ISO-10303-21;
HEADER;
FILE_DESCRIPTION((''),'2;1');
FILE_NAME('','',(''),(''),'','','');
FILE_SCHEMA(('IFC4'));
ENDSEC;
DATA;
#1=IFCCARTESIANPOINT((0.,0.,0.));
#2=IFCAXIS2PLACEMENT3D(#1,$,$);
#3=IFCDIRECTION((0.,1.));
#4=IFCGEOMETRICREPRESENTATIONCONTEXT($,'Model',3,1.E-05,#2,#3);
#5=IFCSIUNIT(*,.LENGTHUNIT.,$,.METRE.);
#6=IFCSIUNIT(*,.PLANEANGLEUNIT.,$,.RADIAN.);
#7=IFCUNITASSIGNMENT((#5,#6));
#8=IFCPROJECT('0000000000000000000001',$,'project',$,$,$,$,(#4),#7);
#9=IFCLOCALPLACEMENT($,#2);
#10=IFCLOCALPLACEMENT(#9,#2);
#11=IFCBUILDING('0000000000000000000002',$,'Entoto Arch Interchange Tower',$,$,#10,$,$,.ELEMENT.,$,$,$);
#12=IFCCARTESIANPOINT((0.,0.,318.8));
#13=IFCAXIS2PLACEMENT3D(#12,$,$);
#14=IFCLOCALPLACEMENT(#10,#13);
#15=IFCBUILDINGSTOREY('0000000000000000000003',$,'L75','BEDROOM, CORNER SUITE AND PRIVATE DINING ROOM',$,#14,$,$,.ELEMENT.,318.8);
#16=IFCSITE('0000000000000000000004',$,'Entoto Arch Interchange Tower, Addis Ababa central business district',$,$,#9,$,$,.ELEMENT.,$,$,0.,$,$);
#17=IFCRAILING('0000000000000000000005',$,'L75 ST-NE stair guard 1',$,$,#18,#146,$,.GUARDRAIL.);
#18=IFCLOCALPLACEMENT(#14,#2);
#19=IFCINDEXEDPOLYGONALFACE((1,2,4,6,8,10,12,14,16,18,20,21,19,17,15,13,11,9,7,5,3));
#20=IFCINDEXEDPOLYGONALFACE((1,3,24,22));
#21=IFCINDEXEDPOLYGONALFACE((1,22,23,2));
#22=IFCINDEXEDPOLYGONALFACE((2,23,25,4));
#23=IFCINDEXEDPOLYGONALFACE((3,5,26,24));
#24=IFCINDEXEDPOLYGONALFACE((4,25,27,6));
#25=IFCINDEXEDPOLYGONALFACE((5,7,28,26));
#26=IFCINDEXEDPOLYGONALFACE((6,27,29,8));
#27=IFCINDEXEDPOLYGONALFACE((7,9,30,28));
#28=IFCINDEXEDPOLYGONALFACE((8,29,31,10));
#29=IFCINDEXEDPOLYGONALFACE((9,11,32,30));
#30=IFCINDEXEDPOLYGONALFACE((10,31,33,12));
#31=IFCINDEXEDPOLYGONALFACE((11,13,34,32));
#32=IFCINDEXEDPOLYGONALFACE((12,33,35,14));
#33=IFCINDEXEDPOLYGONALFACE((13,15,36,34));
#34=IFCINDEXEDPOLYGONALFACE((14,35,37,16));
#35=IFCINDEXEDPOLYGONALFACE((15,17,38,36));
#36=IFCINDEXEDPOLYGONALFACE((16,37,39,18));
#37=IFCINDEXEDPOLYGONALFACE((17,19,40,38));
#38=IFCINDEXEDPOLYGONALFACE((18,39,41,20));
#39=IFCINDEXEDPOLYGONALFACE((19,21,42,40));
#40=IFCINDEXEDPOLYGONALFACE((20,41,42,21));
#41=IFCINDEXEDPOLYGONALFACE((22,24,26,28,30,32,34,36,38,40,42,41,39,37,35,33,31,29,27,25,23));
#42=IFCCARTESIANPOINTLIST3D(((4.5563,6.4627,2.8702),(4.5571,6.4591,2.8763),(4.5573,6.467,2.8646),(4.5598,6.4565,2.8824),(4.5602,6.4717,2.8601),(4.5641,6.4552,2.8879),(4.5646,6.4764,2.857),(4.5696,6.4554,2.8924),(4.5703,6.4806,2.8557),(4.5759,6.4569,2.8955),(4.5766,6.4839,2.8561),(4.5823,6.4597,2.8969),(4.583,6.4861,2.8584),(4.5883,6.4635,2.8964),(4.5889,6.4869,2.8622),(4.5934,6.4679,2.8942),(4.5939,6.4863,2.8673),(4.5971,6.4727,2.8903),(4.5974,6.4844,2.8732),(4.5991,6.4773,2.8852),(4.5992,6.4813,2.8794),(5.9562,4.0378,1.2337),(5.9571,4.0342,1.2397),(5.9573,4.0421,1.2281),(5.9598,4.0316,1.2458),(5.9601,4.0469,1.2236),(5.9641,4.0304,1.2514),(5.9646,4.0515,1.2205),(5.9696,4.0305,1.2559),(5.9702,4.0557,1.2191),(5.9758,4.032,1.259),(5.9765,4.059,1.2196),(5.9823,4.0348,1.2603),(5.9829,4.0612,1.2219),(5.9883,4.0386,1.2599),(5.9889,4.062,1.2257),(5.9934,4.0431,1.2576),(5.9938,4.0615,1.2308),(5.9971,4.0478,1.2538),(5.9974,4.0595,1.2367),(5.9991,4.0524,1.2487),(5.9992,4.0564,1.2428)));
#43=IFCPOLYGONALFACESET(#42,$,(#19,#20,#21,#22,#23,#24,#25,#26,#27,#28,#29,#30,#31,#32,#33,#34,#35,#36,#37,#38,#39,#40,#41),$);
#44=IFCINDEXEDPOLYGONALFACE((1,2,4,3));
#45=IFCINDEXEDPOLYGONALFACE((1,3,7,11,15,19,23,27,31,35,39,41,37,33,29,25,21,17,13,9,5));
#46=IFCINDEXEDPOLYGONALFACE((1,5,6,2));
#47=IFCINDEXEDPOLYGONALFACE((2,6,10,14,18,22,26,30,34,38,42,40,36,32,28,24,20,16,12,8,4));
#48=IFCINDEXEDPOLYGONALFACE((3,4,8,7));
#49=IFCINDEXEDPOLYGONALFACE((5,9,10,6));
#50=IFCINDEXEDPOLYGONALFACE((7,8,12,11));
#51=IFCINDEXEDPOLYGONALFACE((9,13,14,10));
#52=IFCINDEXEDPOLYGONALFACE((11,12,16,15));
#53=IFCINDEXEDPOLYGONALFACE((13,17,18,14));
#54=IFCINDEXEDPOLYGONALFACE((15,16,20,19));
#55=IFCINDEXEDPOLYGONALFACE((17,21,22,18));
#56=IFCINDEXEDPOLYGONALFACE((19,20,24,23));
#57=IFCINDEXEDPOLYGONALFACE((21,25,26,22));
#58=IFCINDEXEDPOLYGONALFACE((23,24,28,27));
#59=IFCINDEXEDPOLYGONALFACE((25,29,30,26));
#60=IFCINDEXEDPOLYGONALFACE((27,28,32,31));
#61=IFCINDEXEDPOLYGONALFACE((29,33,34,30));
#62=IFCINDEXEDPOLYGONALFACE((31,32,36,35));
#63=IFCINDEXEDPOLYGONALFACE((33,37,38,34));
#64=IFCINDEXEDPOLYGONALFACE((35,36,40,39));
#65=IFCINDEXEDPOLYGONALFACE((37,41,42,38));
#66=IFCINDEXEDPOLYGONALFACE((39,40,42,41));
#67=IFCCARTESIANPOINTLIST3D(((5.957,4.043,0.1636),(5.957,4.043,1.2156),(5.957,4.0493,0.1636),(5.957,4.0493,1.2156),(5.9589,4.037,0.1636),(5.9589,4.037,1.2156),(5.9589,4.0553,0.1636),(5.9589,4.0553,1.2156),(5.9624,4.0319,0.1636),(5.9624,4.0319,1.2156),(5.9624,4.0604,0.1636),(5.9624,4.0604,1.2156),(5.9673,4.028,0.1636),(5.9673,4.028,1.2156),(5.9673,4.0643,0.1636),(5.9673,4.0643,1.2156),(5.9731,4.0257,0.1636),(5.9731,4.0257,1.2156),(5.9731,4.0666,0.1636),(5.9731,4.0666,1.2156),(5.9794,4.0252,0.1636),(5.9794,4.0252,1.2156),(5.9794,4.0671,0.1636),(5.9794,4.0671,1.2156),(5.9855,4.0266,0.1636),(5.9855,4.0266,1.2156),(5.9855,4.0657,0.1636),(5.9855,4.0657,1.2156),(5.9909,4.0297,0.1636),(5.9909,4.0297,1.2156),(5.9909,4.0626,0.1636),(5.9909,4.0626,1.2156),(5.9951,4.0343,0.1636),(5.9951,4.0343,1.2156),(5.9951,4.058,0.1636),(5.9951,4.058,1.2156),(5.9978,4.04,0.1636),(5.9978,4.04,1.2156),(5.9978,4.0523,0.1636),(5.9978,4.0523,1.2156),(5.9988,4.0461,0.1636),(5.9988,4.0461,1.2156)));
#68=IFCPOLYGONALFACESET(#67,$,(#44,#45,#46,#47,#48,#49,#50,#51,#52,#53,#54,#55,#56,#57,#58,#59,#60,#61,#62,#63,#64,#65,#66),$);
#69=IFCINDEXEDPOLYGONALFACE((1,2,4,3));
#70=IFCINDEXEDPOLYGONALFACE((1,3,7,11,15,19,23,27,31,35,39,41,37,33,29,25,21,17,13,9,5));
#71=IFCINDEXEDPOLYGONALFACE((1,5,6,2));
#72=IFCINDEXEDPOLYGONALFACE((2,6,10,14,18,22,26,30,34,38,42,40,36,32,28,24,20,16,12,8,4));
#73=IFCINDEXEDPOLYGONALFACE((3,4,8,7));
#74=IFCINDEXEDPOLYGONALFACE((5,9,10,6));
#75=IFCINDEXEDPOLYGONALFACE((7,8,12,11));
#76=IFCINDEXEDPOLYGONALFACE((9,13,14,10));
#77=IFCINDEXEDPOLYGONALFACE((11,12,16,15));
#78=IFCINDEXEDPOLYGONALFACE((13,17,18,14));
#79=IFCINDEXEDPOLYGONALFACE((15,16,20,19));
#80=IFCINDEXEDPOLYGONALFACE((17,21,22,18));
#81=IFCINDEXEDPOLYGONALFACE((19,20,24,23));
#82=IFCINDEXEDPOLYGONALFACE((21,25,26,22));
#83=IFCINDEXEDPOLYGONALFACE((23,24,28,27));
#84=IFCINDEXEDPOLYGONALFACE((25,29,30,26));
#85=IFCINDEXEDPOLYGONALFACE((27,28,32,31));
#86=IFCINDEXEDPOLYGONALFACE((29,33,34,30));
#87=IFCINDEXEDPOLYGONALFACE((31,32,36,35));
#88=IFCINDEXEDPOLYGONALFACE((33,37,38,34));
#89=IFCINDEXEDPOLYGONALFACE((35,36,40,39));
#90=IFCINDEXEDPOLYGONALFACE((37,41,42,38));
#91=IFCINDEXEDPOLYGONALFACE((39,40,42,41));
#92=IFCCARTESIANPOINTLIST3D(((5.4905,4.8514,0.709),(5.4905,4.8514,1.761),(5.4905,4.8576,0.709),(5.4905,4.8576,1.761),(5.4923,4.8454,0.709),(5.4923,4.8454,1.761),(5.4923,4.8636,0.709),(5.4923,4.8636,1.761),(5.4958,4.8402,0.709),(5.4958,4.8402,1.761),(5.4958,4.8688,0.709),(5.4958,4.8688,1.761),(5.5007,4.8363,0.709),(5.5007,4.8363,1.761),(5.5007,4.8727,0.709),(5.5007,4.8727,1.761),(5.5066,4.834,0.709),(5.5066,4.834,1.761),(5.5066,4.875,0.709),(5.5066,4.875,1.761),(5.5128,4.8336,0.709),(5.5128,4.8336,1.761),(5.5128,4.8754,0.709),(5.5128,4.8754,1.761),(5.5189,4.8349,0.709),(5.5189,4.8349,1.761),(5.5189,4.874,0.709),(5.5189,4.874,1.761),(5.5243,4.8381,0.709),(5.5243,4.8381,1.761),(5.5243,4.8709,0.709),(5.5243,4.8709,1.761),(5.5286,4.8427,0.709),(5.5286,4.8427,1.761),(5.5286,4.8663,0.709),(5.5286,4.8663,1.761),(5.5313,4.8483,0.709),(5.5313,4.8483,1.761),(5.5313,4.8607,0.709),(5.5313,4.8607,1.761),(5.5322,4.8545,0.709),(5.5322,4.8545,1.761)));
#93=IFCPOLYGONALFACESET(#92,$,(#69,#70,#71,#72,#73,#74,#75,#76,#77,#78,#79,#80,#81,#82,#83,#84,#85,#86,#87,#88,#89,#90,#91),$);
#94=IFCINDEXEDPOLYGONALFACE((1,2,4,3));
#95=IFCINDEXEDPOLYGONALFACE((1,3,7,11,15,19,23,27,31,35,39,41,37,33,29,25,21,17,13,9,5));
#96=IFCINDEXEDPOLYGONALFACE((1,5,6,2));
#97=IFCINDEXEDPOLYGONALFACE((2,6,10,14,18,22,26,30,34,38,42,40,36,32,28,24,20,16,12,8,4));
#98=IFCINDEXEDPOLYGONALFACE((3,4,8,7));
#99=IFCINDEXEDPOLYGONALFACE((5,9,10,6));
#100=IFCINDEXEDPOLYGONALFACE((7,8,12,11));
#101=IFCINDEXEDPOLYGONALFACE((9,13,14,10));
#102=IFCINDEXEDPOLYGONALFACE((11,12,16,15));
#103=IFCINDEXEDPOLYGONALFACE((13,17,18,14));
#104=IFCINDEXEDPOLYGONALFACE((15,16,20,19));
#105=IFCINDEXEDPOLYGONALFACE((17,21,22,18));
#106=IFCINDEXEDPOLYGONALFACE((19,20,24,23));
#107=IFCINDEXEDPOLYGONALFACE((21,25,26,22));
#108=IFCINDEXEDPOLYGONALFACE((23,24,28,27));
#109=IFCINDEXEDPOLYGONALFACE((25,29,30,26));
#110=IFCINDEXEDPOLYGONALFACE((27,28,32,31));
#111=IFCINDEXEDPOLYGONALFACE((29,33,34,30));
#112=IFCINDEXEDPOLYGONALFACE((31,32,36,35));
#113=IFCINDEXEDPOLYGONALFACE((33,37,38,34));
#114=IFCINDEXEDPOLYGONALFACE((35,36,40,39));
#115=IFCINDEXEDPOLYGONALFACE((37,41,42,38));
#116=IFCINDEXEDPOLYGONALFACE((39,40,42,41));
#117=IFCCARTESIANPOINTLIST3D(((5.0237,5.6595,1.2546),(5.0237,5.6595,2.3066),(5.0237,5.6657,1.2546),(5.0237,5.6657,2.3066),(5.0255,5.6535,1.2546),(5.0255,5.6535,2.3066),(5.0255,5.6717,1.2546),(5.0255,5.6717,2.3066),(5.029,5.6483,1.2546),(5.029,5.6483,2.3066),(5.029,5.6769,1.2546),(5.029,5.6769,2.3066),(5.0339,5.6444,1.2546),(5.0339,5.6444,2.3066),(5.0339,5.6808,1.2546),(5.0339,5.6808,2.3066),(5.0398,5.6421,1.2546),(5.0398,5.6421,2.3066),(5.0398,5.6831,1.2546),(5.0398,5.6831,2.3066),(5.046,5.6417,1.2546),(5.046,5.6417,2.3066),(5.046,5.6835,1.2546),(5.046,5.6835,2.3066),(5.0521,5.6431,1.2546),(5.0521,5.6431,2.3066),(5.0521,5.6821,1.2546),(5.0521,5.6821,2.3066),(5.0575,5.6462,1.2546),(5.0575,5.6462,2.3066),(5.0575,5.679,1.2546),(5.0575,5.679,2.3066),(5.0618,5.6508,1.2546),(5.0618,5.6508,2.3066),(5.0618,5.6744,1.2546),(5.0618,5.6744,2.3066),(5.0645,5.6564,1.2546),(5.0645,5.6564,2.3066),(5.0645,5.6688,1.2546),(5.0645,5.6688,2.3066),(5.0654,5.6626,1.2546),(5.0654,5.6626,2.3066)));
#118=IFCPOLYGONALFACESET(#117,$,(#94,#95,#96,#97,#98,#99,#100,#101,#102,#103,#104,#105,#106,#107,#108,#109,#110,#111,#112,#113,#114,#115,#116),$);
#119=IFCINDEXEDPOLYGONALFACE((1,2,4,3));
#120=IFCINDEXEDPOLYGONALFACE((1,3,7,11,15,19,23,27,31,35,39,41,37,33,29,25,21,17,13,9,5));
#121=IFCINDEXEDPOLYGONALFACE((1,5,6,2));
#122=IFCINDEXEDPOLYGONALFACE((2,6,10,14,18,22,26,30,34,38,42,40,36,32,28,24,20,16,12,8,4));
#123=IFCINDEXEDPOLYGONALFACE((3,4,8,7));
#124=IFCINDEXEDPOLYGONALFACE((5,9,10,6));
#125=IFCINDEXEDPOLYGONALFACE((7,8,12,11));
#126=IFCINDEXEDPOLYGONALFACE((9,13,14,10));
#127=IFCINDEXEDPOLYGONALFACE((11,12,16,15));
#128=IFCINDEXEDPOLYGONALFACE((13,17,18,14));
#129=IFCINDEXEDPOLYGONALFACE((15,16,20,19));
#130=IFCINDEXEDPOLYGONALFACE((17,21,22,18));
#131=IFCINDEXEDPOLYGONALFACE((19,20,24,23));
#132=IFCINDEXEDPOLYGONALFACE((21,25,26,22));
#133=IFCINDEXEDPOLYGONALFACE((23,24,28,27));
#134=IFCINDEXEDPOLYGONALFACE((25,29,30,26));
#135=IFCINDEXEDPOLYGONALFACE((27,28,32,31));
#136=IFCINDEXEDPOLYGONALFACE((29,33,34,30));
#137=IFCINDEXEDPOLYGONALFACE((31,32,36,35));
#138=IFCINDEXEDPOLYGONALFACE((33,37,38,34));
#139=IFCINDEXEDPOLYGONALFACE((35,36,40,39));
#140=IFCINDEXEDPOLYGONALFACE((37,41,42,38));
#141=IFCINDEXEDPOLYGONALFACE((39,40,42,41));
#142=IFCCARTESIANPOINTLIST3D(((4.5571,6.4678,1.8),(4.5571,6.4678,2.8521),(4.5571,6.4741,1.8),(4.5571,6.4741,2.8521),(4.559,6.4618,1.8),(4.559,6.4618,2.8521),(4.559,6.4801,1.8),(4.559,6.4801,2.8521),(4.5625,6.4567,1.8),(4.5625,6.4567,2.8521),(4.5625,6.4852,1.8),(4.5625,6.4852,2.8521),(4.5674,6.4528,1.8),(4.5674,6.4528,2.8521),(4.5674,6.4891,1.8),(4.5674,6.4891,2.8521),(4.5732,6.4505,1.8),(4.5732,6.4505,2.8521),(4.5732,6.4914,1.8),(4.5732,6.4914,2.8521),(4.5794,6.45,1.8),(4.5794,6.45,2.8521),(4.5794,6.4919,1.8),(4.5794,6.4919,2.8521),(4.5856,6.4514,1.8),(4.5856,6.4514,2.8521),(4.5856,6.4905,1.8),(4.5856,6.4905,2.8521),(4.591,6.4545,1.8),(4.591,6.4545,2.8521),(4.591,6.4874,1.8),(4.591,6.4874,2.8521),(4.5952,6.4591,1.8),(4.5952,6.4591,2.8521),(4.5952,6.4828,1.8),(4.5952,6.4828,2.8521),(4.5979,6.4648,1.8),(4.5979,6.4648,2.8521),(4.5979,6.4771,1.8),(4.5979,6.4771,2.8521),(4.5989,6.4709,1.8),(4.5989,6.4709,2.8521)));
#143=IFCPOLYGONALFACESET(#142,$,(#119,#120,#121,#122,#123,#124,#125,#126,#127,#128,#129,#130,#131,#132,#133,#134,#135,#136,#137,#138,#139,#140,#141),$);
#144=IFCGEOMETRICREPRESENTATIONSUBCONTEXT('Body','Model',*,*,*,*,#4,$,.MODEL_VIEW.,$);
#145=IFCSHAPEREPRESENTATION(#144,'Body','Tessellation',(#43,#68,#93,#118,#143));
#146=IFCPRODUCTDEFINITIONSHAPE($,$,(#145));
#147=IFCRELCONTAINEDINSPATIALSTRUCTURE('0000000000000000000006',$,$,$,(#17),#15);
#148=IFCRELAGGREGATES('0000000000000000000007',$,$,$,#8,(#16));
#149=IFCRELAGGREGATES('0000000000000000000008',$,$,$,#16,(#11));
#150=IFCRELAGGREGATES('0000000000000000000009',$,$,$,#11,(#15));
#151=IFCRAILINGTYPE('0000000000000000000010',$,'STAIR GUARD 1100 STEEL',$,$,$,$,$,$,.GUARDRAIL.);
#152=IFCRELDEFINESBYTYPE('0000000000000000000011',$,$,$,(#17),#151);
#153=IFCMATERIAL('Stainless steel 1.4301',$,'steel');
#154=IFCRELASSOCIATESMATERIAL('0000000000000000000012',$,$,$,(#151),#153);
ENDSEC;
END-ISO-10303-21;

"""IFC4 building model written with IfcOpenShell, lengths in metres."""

from ifc_helpers import new_model, si_unit, direction, frame, origin, origin_2d, place, context, subcontext, project, spatial, circle, extrude, material, type_object, element, save


model = new_model("IFC4")

# Units and contexts
model_context = context("Model", 3, precision=1e-05, world=origin(), true_north=direction((0.0, 1.0)))
body_context = subcontext(model_context, "Body", "Model", "MODEL_VIEW")
ifc_project = project(units=[si_unit("LENGTHUNIT", "METRE"), si_unit("PLANEANGLEUNIT", "RADIAN")], contexts=[model_context])

# Site, building, storey
site_placement = place(None, origin())
site = spatial("IfcSite", under=ifc_project, at=site_placement, Name="Entoto Arch Interchange Tower, Addis Ababa central business district", CompositionType="ELEMENT", RefElevation=0.0)
building_placement = place(site_placement, origin())
building = spatial("IfcBuilding", under=site, at=building_placement, Name="Entoto Arch Interchange Tower", CompositionType="ELEMENT")
storey_placement = place(building_placement, frame((0.0, 0.0, 318.8)))
storey = spatial("IfcBuildingStorey", under=building, at=storey_placement, Name="L75", Description="BEDROOM, CORNER SUITE AND PRIVATE DINING ROOM", CompositionType="ELEMENT", Elevation=318.8)

# Shared definitions
ifc_material_1 = material(Name="Stainless steel 1.4301", Category="steel")

# Railing
railing_type_1 = type_object("IfcRailingType", Name="STAIR GUARD 1100 STEEL", PredefinedType="GUARDRAIL", material=ifc_material_1)
railing_1_placement = place(storey_placement, frame((5.9778, 4.0461, 0.1636)))
element("IfcRailing", 1, at=railing_1_placement, inside=storey, type_object=railing_type_1, Name="L75 ST-NE stair guard 1", PredefinedType="GUARDRAIL", context=body_context, shape_type="SweptSolid", body=[
    extrude(circle(Radius=0.0239, at=origin_2d()), frame((0.0, 0.0, 1.0762), z_axis=(-0.431661, 0.74769, 0.504608), x_axis=(-0.866035, -0.499984, 0.0)), (0.0, 0.0, 1.0), 3.2432),
    extrude(circle(Radius=0.021, at=origin_2d()), origin(), (0.0, 0.0, 1.0), 1.052),
    extrude(circle(Radius=0.021, at=origin_2d()), frame((-0.4666, 0.8083, 0.5454)), (0.0, 0.0, 1.0), 1.052),
    extrude(circle(Radius=0.021, at=origin_2d()), frame((-0.9333, 1.6165, 1.0911)), (0.0, 0.0, 1.0), 1.052),
    extrude(circle(Radius=0.021, at=origin_2d()), frame((-1.3999, 2.4248, 1.6365)), (0.0, 0.0, 1.0), 1.052),
])

save(model, "model.ifc")
